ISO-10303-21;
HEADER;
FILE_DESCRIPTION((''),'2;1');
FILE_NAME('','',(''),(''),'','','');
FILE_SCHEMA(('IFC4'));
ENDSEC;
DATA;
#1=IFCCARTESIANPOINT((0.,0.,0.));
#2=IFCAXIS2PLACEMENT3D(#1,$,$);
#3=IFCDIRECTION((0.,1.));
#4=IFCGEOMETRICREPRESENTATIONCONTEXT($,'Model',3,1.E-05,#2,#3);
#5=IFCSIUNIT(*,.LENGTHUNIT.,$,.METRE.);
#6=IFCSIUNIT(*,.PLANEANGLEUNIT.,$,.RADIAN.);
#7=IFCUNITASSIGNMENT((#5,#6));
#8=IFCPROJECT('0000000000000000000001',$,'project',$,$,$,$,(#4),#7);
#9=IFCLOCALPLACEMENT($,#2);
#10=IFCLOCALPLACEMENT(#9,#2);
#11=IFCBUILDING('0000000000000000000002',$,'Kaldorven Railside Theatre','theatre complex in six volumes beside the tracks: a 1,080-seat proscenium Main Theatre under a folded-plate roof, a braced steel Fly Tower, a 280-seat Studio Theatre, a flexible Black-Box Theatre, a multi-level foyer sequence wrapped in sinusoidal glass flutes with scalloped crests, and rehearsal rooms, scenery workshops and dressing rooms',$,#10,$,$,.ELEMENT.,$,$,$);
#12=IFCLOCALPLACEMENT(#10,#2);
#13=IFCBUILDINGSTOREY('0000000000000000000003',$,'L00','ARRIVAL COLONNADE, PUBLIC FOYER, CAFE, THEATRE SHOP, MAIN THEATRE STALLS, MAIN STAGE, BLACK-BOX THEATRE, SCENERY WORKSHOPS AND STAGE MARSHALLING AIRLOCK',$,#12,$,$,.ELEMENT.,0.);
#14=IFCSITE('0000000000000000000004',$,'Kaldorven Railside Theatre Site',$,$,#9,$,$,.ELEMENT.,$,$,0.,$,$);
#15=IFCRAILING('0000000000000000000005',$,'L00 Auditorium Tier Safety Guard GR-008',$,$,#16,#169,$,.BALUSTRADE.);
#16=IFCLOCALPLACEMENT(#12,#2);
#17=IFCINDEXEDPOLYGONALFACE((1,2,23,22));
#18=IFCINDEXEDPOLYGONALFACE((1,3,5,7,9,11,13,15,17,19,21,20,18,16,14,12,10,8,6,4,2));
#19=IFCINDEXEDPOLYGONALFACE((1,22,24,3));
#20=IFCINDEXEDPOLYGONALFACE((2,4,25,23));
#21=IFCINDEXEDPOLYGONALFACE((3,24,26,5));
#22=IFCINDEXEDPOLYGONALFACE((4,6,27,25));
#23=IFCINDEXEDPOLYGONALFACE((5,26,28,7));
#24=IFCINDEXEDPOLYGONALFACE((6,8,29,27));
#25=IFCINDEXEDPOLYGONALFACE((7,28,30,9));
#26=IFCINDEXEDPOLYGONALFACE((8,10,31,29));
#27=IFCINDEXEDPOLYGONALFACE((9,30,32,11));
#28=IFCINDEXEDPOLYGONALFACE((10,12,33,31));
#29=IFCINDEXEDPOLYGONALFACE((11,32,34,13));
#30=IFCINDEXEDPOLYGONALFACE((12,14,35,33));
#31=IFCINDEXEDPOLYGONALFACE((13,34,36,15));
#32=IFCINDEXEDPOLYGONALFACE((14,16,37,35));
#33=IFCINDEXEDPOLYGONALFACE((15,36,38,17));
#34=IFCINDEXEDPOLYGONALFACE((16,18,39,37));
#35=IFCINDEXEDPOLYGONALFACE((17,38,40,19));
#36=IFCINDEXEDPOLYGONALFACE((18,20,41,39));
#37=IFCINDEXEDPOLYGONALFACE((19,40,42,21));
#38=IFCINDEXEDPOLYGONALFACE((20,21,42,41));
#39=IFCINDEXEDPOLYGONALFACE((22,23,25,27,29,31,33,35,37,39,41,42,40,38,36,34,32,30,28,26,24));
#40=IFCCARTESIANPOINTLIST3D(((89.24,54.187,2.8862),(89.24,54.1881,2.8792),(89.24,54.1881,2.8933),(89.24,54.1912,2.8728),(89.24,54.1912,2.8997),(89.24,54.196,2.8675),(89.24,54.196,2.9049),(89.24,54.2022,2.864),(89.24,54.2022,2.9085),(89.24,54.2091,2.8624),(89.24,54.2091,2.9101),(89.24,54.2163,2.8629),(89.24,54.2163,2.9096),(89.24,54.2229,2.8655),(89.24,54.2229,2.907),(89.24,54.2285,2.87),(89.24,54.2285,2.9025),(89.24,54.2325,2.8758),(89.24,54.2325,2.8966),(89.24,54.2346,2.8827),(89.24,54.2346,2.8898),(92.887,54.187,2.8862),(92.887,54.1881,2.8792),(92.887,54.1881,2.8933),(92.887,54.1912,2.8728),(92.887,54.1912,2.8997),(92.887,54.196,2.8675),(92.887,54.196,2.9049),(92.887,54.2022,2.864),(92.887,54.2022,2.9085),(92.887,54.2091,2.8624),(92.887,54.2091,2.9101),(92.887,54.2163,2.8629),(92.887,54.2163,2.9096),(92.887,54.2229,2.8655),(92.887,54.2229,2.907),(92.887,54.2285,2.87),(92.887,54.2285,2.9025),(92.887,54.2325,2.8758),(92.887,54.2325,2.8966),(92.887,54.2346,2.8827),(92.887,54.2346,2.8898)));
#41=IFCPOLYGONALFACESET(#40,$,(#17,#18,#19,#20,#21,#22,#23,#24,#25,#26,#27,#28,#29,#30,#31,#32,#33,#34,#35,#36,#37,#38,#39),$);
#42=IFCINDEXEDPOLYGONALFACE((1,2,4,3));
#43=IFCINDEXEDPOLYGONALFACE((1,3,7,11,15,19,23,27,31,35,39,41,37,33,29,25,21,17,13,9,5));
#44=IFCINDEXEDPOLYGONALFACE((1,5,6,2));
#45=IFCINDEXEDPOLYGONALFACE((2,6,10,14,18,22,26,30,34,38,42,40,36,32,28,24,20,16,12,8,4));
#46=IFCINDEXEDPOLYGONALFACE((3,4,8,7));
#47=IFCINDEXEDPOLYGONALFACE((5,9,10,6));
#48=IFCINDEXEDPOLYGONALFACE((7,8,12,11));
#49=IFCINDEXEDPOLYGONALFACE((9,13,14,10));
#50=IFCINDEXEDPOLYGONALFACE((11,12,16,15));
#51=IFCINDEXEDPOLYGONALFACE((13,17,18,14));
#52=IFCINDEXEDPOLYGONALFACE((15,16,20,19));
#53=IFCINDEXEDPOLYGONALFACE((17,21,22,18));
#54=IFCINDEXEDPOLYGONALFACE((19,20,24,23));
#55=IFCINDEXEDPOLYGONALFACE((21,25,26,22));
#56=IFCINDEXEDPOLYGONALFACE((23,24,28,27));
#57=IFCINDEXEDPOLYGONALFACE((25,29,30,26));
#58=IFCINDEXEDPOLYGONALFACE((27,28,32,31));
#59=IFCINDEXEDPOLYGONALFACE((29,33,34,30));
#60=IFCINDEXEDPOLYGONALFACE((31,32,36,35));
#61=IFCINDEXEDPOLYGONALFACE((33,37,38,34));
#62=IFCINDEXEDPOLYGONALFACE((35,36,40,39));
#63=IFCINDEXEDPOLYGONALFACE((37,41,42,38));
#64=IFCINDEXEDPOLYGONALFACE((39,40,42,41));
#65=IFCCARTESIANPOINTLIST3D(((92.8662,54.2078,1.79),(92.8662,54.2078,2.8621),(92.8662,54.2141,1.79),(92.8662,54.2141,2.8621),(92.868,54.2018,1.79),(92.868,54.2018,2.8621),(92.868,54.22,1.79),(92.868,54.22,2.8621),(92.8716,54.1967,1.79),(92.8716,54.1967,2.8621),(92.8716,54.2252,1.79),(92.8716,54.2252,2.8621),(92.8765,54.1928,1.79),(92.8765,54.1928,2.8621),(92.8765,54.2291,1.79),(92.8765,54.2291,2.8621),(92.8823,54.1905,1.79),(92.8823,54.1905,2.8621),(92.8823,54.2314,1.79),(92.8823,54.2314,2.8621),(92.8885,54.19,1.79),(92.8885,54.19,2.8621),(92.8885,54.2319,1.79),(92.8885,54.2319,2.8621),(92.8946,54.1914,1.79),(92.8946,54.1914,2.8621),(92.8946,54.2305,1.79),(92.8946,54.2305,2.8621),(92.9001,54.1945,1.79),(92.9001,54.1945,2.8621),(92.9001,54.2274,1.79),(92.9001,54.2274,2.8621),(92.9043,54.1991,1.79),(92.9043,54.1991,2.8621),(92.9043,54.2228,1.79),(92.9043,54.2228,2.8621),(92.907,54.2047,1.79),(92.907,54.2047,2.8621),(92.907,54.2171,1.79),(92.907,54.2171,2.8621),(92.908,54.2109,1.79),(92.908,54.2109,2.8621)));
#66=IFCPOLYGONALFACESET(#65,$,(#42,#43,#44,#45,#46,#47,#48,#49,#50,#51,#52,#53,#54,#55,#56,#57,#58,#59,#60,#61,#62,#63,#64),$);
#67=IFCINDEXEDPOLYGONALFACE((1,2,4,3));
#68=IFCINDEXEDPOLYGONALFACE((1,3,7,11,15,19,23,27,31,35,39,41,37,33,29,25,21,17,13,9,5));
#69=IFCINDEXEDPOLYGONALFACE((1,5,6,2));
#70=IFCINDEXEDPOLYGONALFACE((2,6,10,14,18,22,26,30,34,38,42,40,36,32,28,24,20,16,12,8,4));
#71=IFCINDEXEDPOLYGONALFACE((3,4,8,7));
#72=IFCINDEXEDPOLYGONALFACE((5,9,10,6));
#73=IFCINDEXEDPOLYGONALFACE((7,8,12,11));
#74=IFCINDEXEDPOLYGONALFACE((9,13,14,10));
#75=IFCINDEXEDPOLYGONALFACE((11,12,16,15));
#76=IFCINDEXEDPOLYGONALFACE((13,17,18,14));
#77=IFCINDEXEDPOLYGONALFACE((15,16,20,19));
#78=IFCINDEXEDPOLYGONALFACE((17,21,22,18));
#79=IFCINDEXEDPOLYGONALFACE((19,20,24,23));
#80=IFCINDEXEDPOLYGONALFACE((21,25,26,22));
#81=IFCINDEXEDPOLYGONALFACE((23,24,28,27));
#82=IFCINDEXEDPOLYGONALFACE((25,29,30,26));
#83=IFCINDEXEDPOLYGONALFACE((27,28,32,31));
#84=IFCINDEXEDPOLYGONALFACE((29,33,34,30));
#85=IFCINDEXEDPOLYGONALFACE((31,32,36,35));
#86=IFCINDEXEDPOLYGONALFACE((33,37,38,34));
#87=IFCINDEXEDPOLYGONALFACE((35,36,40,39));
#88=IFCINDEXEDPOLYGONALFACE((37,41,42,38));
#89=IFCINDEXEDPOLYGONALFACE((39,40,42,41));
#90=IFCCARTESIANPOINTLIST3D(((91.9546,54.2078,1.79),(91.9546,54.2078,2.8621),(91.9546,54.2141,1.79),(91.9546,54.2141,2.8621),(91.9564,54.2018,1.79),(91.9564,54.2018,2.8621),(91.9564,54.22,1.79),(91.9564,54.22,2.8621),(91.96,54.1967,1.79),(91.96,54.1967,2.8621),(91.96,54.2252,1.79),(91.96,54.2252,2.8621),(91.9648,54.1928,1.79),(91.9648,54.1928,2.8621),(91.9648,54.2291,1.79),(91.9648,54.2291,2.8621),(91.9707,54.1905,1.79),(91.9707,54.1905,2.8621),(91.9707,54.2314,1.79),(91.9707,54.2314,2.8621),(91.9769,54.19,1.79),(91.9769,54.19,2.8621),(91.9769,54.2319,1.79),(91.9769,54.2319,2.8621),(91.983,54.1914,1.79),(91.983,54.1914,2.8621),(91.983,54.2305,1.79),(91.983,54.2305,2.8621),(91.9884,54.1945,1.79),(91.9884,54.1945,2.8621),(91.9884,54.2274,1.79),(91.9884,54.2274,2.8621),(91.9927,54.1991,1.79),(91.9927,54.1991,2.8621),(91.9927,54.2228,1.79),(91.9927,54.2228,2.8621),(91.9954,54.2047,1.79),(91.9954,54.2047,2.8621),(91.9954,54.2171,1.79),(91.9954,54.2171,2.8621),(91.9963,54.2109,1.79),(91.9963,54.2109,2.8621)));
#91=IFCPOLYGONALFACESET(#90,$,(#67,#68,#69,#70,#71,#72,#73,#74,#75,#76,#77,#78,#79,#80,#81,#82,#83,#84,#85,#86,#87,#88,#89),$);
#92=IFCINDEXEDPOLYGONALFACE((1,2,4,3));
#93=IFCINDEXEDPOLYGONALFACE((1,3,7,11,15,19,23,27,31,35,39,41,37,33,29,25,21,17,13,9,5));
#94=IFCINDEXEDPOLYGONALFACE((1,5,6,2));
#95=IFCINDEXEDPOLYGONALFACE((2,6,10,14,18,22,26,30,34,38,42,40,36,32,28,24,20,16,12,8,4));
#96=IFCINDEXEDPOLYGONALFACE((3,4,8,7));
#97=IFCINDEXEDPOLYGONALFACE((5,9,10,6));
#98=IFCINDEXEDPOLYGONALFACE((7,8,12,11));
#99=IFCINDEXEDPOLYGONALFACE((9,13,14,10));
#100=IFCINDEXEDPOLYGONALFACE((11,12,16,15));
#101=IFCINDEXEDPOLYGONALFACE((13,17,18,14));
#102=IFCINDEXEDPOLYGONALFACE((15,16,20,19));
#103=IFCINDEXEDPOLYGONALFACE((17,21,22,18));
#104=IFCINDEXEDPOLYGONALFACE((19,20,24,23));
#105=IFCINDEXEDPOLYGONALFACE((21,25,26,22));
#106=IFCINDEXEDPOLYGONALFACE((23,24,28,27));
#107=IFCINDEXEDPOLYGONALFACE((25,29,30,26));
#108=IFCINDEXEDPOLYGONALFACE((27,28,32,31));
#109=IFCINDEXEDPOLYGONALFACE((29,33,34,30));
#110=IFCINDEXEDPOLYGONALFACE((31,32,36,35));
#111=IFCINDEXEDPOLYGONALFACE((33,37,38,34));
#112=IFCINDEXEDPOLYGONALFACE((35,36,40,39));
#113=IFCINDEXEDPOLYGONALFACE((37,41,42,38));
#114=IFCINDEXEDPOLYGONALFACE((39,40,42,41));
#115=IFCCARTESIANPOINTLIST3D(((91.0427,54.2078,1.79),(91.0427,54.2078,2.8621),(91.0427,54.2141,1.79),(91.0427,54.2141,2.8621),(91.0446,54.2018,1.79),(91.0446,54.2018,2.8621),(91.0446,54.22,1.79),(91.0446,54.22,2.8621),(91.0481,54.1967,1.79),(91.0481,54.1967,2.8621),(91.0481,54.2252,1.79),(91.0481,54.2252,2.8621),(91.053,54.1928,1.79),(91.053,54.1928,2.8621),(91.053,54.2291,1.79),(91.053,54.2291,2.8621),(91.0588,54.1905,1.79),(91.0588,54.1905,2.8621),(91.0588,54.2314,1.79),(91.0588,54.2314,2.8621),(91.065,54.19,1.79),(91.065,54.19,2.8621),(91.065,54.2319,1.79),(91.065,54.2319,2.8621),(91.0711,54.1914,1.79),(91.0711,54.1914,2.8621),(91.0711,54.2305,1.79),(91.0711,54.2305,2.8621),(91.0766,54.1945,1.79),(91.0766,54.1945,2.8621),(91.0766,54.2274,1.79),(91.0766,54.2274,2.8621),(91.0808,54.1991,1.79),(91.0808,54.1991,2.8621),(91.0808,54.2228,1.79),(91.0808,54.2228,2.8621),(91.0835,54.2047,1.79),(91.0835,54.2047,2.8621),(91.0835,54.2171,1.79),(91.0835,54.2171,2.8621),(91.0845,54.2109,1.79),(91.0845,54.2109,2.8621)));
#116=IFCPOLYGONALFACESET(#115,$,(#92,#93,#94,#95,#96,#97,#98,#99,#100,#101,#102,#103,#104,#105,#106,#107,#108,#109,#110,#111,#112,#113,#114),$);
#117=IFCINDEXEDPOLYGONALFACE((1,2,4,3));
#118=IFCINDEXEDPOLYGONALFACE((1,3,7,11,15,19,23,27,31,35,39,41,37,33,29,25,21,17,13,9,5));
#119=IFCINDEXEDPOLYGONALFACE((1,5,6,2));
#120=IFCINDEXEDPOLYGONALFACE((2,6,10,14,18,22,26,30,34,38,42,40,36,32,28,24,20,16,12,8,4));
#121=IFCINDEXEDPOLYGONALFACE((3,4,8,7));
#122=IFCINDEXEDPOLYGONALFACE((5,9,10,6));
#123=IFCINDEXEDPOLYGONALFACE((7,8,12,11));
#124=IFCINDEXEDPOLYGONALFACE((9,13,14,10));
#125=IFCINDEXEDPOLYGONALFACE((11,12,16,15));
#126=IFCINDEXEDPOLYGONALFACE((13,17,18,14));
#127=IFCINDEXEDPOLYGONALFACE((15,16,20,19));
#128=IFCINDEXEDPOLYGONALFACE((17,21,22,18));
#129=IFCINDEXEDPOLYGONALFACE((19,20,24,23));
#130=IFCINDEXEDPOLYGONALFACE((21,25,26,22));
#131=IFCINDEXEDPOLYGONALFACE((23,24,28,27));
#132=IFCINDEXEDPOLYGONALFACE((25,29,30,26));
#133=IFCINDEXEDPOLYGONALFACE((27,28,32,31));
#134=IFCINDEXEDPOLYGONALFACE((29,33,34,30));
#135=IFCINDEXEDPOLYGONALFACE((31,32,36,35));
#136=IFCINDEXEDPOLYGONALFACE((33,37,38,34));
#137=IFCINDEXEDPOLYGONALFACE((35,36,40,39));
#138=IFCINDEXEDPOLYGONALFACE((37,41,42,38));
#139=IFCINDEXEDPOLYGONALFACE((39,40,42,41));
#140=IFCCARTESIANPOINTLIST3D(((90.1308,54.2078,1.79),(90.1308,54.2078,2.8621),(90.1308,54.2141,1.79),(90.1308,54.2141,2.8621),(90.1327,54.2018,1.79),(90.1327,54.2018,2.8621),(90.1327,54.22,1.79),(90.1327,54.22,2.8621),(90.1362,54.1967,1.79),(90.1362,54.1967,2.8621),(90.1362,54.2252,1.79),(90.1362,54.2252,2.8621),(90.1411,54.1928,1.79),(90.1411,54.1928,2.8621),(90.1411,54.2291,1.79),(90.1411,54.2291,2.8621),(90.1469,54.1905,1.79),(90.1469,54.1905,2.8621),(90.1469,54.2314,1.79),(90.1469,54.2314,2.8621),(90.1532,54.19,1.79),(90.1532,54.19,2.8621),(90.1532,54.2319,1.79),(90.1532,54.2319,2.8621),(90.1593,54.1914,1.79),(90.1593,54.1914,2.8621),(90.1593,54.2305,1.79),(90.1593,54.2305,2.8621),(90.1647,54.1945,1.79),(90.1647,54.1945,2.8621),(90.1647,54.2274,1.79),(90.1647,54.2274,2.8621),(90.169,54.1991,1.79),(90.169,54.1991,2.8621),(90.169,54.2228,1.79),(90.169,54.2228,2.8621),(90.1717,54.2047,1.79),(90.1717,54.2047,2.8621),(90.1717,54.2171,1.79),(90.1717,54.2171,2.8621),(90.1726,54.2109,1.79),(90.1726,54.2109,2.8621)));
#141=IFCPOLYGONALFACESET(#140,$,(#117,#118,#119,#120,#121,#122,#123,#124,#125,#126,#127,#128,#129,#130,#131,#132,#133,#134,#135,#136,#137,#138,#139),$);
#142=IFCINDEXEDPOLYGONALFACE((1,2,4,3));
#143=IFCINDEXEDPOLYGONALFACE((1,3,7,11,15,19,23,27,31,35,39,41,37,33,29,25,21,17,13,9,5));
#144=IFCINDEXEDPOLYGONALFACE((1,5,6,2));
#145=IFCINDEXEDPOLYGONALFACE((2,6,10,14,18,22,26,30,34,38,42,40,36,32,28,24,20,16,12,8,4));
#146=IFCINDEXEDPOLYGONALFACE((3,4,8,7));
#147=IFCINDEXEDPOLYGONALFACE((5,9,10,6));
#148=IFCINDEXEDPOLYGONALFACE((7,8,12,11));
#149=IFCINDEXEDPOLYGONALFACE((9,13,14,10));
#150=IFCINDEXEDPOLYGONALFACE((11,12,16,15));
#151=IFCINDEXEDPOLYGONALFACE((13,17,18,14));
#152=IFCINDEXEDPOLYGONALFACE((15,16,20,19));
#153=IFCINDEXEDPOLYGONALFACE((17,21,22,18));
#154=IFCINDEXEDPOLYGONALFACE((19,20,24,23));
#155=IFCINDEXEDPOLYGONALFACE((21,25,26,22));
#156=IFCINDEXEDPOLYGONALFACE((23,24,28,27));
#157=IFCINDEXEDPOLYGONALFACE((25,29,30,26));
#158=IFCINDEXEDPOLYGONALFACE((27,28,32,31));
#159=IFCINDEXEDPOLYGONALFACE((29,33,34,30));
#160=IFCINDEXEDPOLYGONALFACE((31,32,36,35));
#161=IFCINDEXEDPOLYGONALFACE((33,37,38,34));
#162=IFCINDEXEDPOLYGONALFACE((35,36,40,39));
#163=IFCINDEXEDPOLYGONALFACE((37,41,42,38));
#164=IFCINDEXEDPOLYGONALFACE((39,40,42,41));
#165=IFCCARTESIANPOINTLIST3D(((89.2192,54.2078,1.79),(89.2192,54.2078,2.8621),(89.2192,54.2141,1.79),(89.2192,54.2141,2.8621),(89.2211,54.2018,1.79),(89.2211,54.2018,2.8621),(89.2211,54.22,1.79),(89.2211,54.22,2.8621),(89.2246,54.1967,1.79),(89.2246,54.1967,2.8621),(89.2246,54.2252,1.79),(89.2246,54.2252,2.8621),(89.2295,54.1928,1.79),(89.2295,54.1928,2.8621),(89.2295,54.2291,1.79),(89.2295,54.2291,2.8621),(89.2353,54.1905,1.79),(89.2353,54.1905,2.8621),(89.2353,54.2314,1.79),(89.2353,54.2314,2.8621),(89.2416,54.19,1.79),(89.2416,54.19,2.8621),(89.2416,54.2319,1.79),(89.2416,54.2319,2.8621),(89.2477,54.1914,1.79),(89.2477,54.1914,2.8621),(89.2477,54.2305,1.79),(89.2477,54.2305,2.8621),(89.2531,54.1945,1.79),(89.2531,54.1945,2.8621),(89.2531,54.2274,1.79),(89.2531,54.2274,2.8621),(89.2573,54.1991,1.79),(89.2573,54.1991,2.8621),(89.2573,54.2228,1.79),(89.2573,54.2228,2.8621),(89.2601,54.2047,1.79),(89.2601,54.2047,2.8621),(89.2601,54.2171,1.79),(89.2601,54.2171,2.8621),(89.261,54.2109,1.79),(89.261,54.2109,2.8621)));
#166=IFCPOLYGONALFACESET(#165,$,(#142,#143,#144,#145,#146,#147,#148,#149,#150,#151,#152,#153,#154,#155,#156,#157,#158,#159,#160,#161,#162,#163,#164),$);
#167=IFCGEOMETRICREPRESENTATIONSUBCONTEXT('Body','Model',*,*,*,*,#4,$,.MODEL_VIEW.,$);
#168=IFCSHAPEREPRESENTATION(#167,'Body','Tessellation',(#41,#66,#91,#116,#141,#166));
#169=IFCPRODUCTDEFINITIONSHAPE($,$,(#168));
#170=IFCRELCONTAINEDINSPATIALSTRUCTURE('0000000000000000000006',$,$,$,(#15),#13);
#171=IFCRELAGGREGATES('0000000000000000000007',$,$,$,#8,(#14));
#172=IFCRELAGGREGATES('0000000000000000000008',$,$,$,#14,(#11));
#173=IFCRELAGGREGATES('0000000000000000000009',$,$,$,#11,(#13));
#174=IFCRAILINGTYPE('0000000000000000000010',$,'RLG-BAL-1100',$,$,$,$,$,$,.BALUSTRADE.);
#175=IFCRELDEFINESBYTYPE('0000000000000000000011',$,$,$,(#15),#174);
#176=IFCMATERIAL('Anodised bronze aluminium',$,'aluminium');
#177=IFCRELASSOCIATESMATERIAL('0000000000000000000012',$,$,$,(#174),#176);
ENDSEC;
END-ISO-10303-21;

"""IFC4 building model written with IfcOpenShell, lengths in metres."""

from ifc_helpers import new_model, si_unit, direction, frame, origin, origin_2d, place, context, subcontext, project, spatial, circle, extrude, material, type_object, element, save


model = new_model("IFC4")

# Units and contexts
model_context = context("Model", 3, precision=1e-05, world=origin(), true_north=direction((0.0, 1.0)))
body_context = subcontext(model_context, "Body", "Model", "MODEL_VIEW")
ifc_project = project(units=[si_unit("LENGTHUNIT", "METRE"), si_unit("PLANEANGLEUNIT", "RADIAN")], contexts=[model_context])

# Site, building, storey
site_placement = place(None, origin())
site = spatial("IfcSite", under=ifc_project, at=site_placement, Name="Kaldorven Railside Theatre Site", CompositionType="ELEMENT", RefElevation=0.0)
building_placement = place(site_placement, origin())
building = spatial("IfcBuilding", under=site, at=building_placement, Name="Kaldorven Railside Theatre", Description="theatre complex in six volumes beside the tracks: a 1,080-seat proscenium Main Theatre under a folded-plate roof, a braced steel Fly Tower, a 280-seat Studio Theatre, a flexible Black-Box Theatre, a multi-level foyer sequence wrapped in sinusoidal glass flutes with scalloped crests, and rehearsal rooms, scenery workshops and dressing rooms", CompositionType="ELEMENT")
storey_placement = place(building_placement, origin())
storey = spatial("IfcBuildingStorey", under=building, at=storey_placement, Name="L00", Description="ARRIVAL COLONNADE, PUBLIC FOYER, CAFE, THEATRE SHOP, MAIN THEATRE STALLS, MAIN STAGE, BLACK-BOX THEATRE, SCENERY WORKSHOPS AND STAGE MARSHALLING AIRLOCK", CompositionType="ELEMENT", Elevation=0.0)

# Railing
ifc_material_1 = material(Name="Anodised bronze aluminium", Category="aluminium")
railing_type = type_object("IfcRailingType", Name="RLG-BAL-1100", PredefinedType="BALUSTRADE", material=ifc_material_1)
railing_1_placement = place(storey_placement, frame((92.887, 54.2109, 1.79)))
element("IfcRailing", 1, at=railing_1_placement, inside=storey, type_object=railing_type, Name="L00 Auditorium Tier Safety Guard GR-008", PredefinedType="BALUSTRADE", context=body_context, shape_type="SweptSolid", body=[
    extrude(circle(Radius=0.0239, at=origin_2d()), frame((0.0, 0.0, 1.0962), z_axis=(-1.0, 0.0, 0.0), x_axis=(0.0, -1.0, 0.0)), (0.0, 0.0, 1.0), 3.647),
    extrude(circle(Radius=0.021, at=origin_2d()), origin(), (0.0, 0.0, 1.0), 1.072),
    extrude(circle(Radius=0.021, at=origin_2d()), frame((-0.9116, 0.0, 0.0)), (0.0, 0.0, 1.0), 1.072),
    extrude(circle(Radius=0.021, at=origin_2d()), frame((-1.8235, 0.0, 0.0)), (0.0, 0.0, 1.0), 1.072),
    extrude(circle(Radius=0.021, at=origin_2d()), frame((-2.7354, 0.0, 0.0)), (0.0, 0.0, 1.0), 1.072),
    extrude(circle(Radius=0.021, at=origin_2d()), frame((-3.647, 0.0, 0.0)), (0.0, 0.0, 1.0), 1.072),
])

save(model, "model.ifc")
